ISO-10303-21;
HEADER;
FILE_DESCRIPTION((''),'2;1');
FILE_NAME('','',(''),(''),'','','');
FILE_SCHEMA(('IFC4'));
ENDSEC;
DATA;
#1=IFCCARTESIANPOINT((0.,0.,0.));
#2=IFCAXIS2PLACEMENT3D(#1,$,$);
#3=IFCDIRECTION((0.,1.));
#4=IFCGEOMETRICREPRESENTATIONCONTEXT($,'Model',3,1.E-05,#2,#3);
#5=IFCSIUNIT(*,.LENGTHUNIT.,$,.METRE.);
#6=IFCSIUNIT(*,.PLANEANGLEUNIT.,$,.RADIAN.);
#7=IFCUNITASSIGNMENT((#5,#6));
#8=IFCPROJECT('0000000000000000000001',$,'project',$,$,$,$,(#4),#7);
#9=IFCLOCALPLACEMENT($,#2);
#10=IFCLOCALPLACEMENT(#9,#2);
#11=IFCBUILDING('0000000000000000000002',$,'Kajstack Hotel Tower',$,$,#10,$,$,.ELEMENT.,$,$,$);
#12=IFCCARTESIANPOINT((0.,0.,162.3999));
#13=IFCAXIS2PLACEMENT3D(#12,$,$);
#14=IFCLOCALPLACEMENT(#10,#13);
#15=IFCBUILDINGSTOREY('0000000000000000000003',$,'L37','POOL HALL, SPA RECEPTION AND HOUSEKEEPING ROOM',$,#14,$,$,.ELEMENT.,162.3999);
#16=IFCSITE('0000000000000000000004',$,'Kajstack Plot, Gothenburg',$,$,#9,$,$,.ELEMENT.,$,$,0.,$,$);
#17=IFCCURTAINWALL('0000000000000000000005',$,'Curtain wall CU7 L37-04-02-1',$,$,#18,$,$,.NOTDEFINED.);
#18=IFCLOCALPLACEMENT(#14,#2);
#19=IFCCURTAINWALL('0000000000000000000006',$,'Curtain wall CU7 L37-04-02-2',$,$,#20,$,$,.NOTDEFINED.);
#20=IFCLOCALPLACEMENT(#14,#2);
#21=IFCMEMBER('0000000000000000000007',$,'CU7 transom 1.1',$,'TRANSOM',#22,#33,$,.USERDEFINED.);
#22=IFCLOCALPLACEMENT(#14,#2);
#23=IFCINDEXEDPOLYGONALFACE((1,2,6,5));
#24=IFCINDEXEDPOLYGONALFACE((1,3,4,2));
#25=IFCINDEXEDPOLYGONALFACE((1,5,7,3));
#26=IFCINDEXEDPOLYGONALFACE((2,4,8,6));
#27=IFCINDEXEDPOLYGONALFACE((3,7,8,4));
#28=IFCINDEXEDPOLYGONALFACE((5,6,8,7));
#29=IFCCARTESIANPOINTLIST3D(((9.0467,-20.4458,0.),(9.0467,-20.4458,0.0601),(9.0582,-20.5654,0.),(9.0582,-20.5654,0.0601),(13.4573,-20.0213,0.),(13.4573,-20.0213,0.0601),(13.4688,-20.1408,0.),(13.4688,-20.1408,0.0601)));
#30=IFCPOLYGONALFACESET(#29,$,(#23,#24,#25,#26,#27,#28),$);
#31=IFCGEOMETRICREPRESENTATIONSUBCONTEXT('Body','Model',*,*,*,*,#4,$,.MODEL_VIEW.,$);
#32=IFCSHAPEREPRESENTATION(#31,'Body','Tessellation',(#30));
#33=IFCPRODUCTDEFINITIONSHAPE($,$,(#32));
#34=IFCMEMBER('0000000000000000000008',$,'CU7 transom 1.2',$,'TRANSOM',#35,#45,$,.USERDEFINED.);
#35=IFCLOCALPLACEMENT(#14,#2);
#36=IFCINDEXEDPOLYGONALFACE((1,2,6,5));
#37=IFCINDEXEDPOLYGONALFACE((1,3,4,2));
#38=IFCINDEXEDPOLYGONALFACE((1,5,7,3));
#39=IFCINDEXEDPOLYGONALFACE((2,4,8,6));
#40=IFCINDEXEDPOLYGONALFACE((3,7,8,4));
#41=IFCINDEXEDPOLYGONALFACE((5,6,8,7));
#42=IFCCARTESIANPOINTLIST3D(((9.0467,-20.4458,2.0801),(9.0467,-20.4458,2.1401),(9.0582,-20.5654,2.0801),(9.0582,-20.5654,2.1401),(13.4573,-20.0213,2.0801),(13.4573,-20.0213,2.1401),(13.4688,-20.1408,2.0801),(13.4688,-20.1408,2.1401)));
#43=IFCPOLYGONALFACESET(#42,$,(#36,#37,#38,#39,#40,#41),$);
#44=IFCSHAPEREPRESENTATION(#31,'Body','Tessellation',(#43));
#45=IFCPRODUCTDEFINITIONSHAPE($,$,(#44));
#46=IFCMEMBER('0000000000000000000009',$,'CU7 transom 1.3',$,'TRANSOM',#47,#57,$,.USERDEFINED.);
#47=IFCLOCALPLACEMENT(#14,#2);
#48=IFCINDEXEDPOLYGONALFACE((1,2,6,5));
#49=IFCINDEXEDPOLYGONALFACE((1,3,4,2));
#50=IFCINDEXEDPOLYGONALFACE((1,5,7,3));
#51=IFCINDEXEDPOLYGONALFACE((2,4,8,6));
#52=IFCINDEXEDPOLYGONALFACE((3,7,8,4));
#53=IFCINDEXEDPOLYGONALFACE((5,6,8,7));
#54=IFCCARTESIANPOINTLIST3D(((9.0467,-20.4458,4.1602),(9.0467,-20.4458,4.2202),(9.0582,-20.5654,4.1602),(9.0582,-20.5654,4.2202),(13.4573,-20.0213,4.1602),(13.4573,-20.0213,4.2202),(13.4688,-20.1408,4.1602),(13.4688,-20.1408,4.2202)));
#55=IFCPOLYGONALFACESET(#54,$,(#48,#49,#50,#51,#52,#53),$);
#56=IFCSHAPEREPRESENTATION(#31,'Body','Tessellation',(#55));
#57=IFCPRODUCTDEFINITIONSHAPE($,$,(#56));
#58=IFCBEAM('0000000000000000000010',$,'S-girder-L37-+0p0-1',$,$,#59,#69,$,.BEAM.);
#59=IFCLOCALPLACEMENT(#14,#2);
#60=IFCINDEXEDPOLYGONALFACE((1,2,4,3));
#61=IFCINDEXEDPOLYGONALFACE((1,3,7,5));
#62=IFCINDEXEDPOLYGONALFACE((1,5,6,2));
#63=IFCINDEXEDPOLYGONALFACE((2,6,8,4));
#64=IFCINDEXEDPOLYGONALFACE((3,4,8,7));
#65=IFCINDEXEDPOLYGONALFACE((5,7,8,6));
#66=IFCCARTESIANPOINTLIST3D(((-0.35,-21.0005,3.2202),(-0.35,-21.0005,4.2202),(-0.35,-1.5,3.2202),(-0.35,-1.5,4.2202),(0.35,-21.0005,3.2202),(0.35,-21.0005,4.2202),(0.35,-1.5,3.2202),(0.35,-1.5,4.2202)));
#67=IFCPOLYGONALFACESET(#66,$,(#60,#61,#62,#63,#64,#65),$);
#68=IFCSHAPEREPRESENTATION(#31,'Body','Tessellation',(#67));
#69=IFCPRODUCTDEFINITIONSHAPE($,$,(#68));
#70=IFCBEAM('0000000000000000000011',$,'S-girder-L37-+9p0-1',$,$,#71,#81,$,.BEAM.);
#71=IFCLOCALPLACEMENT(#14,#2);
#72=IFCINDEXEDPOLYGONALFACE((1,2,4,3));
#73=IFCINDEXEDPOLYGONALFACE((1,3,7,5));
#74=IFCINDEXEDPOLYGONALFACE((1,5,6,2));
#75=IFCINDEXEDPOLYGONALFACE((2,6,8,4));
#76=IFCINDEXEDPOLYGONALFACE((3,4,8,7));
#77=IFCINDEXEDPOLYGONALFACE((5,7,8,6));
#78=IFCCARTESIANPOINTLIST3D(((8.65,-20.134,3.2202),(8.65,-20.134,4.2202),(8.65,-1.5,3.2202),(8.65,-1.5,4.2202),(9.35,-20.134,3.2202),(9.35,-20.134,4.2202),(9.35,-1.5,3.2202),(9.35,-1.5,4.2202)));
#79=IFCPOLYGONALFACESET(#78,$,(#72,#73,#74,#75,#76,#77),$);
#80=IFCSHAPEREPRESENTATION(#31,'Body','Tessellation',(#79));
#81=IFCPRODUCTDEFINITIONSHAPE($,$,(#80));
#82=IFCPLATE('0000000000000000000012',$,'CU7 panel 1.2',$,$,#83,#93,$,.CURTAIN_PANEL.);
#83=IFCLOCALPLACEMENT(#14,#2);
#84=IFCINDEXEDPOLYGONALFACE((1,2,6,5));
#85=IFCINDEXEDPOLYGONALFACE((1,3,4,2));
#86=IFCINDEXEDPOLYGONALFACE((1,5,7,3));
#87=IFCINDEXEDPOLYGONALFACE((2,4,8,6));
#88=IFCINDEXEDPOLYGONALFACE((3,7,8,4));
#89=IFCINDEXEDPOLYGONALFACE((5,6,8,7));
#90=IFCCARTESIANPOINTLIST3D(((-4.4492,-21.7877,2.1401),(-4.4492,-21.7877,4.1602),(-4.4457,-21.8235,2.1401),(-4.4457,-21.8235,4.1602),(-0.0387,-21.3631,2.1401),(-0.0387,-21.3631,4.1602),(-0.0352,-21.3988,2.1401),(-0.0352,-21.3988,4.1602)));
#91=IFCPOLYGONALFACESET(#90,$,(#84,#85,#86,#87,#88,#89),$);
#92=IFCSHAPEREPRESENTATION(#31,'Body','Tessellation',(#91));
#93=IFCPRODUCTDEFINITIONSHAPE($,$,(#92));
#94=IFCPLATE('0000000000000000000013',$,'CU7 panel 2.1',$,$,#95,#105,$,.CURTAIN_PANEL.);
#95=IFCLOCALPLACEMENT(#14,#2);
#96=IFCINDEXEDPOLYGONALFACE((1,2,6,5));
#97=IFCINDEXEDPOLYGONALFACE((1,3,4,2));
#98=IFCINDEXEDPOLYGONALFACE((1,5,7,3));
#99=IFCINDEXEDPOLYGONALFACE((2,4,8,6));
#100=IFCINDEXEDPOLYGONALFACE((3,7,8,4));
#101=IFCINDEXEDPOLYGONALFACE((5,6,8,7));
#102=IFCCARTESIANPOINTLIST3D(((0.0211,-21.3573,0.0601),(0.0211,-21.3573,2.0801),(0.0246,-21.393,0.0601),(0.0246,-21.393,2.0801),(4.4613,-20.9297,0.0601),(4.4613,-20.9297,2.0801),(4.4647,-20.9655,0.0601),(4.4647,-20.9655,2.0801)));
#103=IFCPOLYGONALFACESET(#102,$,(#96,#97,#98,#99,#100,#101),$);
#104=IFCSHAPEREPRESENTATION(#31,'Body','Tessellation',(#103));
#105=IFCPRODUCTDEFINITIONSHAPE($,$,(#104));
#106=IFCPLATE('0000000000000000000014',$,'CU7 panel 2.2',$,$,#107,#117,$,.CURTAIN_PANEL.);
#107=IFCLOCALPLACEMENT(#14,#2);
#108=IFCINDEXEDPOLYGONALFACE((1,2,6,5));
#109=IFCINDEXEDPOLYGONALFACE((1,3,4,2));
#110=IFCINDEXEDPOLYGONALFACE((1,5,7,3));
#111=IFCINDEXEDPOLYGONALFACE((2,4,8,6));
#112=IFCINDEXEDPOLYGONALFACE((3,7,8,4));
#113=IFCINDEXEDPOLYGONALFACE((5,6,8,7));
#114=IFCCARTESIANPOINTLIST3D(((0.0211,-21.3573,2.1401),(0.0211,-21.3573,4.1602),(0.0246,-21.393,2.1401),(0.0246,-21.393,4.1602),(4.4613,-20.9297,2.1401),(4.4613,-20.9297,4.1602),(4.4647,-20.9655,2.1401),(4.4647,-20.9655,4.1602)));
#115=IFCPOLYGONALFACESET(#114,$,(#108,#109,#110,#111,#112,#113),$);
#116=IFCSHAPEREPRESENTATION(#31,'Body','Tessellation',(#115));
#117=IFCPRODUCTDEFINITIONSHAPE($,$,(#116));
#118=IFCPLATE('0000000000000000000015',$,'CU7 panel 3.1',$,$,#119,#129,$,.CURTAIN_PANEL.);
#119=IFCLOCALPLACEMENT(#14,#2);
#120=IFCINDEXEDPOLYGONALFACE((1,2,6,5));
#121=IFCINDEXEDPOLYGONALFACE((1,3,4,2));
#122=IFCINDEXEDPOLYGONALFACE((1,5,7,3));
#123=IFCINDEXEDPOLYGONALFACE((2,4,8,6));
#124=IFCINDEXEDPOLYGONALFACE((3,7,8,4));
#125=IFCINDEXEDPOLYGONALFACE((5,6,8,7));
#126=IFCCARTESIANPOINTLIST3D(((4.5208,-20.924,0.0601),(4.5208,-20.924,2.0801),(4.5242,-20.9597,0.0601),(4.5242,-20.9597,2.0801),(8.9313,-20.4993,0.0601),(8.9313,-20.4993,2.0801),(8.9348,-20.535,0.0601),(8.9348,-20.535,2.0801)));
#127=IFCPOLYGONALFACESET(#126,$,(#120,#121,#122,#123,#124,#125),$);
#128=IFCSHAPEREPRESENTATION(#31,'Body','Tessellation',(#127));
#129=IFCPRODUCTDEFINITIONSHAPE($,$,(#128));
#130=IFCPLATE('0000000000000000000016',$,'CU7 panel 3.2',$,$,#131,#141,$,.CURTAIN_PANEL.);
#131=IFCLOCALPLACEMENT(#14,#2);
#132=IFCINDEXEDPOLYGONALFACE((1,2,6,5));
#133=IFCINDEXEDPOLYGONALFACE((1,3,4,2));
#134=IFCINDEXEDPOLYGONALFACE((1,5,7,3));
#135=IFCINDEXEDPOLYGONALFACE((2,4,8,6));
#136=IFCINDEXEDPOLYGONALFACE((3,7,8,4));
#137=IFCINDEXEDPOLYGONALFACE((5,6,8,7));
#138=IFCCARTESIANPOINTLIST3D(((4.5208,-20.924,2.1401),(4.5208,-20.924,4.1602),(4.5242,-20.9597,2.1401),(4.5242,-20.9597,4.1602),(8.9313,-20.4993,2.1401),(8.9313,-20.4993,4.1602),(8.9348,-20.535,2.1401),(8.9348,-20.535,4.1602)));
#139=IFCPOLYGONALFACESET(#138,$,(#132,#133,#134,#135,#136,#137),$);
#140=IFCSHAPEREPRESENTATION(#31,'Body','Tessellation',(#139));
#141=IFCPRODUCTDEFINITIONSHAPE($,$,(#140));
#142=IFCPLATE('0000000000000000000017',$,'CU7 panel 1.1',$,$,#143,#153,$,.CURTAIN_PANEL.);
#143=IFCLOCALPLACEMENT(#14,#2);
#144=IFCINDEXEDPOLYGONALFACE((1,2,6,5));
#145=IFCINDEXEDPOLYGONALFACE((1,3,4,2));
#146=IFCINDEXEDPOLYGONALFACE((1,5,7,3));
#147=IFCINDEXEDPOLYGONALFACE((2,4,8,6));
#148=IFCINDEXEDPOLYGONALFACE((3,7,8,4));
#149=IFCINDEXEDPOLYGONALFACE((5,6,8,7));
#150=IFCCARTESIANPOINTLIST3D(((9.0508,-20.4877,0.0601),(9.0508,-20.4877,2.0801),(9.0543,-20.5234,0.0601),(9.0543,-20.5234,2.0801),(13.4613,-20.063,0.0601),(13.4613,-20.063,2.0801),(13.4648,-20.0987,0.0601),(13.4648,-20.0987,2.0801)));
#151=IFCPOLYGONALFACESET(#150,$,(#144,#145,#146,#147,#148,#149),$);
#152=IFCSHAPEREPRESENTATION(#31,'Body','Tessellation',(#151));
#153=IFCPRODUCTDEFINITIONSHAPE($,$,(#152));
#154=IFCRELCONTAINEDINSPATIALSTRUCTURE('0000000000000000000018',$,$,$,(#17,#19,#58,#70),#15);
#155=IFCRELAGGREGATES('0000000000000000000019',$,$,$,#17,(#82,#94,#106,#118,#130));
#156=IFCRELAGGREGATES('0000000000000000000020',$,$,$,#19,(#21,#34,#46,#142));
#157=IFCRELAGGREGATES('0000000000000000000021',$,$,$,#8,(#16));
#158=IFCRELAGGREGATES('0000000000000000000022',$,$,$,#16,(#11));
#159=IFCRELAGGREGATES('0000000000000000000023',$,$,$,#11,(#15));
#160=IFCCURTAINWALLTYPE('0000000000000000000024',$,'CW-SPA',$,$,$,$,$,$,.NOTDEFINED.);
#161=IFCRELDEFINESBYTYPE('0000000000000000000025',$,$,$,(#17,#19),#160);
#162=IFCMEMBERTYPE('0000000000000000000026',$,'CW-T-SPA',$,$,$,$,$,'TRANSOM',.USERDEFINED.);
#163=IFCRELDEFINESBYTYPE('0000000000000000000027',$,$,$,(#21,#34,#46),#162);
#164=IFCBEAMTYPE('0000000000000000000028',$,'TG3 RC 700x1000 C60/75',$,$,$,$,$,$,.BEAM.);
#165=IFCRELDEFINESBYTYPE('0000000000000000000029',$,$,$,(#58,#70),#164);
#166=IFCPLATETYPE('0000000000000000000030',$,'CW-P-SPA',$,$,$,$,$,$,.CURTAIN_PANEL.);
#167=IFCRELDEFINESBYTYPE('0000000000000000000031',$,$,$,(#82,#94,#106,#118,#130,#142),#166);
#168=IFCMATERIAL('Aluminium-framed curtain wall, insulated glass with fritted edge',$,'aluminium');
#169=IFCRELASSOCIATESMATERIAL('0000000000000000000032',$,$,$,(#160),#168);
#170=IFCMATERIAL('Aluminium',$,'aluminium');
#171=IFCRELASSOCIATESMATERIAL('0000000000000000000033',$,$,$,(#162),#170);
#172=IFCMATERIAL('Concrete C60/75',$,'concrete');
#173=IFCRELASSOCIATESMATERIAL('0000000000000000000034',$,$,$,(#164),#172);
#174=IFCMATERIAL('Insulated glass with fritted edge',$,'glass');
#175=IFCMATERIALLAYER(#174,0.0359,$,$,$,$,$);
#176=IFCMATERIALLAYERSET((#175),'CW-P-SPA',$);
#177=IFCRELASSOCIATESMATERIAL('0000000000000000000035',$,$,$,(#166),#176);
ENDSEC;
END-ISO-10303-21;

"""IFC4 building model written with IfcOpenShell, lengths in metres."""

from ifc_helpers import new_model, si_unit, direction, frame, origin, origin_2d, place, context, subcontext, project, spatial, rectangle, extrude, material, layer, layer_set, material_profile, profile_set, type_object, element, aggregate, save


model = new_model("IFC4")

# Units and contexts
model_context = context("Model", 3, precision=1e-05, world=origin(), true_north=direction((0.0, 1.0)))
body_context = subcontext(model_context, "Body", "Model", "MODEL_VIEW")
ifc_project = project(units=[si_unit("LENGTHUNIT", "METRE"), si_unit("PLANEANGLEUNIT", "RADIAN")], contexts=[model_context])

# Site, building, storey
site_placement = place(None, origin())
site = spatial("IfcSite", under=ifc_project, at=site_placement, Name="Kajstack Plot, Gothenburg", CompositionType="ELEMENT", RefElevation=0.0)
building_placement = place(site_placement, origin())
building = spatial("IfcBuilding", under=site, at=building_placement, Name="Kajstack Hotel Tower", CompositionType="ELEMENT")
storey_placement = place(building_placement, frame((0.0, 0.0, 162.3999)))
storey = spatial("IfcBuildingStorey", under=building, at=storey_placement, Name="L37", Description="POOL HALL, SPA RECEPTION AND HOUSEKEEPING ROOM", CompositionType="ELEMENT", Elevation=162.3999)

# Curtain wall
ifc_material_1 = material(Name="Aluminium-framed curtain wall, insulated glass with fritted edge", Category="aluminium")
curtain_wall_type = type_object("IfcCurtainWallType", Name="CW-SPA", PredefinedType="NOTDEFINED", material=ifc_material_1)
curtain_wall_1_placement = place(storey_placement, origin())
curtain_wall_1 = element("IfcCurtainWall", 1, at=curtain_wall_1_placement, inside=storey, type_object=curtain_wall_type, Name="Curtain wall CU7 L37-04-02-1", PredefinedType="NOTDEFINED")
ifc_material_2 = material(Name="Aluminium", Category="aluminium")

# Curtain wall
curtain_wall_2_placement = place(storey_placement, origin())
curtain_wall_2 = element("IfcCurtainWall", 2, at=curtain_wall_2_placement, inside=storey, type_object=curtain_wall_type, Name="Curtain wall CU7 L37-04-02-2", PredefinedType="NOTDEFINED")

# Members
ifc_material_profile_1 = material_profile(ifc_material_2, rectangle(XDim=0.1201, YDim=0.0601, at=origin_2d()), Name="Aluminium transom 120 x 60")
ifc_profile_set_1 = profile_set([ifc_material_profile_1], Name="Aluminium")
member_type_1 = type_object("IfcMemberType", Name="CW-T-SPA", ElementType="TRANSOM", PredefinedType="USERDEFINED", material=ifc_profile_set_1)
member_1_placement = place(storey_placement, frame((9.0525, -20.5056, 0.03), z_axis=(0.995399, 0.095821, 0.0), x_axis=(-0.095821, 0.995399, 0.0)))
member_1 = element("IfcMember", 3, at=member_1_placement, type_object=member_type_1, Name="CU7 transom 1.1", ObjectType="TRANSOM", PredefinedType="USERDEFINED", context=body_context, shape_type="SweptSolid", body=[
    extrude(rectangle(XDim=0.1201, YDim=0.0601, at=origin_2d()), origin(), (0.0, 0.0, 1.0), 4.4309),
])
member_2_placement = place(storey_placement, frame((9.0525, -20.5056, 2.1101), z_axis=(0.995399, 0.095821, 0.0), x_axis=(-0.095821, 0.995399, 0.0)))
member_2 = element("IfcMember", 4, at=member_2_placement, type_object=member_type_1, Name="CU7 transom 1.2", ObjectType="TRANSOM", PredefinedType="USERDEFINED", context=body_context, shape_type="SweptSolid", body=[
    extrude(rectangle(XDim=0.1201, YDim=0.0601, at=origin_2d()), origin(), (0.0, 0.0, 1.0), 4.4309),
])
member_3_placement = place(storey_placement, frame((9.0525, -20.5056, 4.1902), z_axis=(0.995399, 0.095821, 0.0), x_axis=(-0.095821, 0.995399, 0.0)))
member_3 = element("IfcMember", 5, at=member_3_placement, type_object=member_type_1, Name="CU7 transom 1.3", ObjectType="TRANSOM", PredefinedType="USERDEFINED", context=body_context, shape_type="SweptSolid", body=[
    extrude(rectangle(XDim=0.1201, YDim=0.0601, at=origin_2d()), origin(), (0.0, 0.0, 1.0), 4.4309),
])

# Beams
ifc_material_3 = material(Name="Concrete C60/75", Category="concrete")
ifc_material_profile_2 = material_profile(ifc_material_3, rectangle(XDim=0.7, YDim=1.0, at=origin_2d()), Name="RC 700x1000")
ifc_profile_set_2 = profile_set([ifc_material_profile_2], Name="Concrete C60/75")
beam_type = type_object("IfcBeamType", Name="TG3 RC 700x1000 C60/75", PredefinedType="BEAM", material=ifc_profile_set_2)
beam_1_placement = place(storey_placement, frame((0.0, -21.0005, 3.7202), z_axis=(0.0, 1.0, 0.0), x_axis=(-1.0, 0.0, 0.0)))
element("IfcBeam", 6, at=beam_1_placement, inside=storey, type_object=beam_type, Name="S-girder-L37-+0p0-1", PredefinedType="BEAM", context=body_context, shape_type="SweptSolid", body=[
    extrude(rectangle(XDim=0.7, YDim=1.0, at=origin_2d()), origin(), (0.0, 0.0, 1.0), 19.5005),
])
beam_2_placement = place(storey_placement, frame((9.0, -20.134, 3.7202), z_axis=(0.0, 1.0, 0.0), x_axis=(-1.0, 0.0, 0.0)))
element("IfcBeam", 7, at=beam_2_placement, inside=storey, type_object=beam_type, Name="S-girder-L37-+9p0-1", PredefinedType="BEAM", context=body_context, shape_type="SweptSolid", body=[
    extrude(rectangle(XDim=0.7, YDim=1.0, at=origin_2d()), origin(), (0.0, 0.0, 1.0), 18.634),
])

# Plates
ifc_material_4 = material(Name="Insulated glass with fritted edge", Category="glass")
ifc_layer_1 = layer(ifc_material_4, 0.0359)
ifc_layer_set_1 = layer_set([ifc_layer_1], Name="CW-P-SPA")
plate_type = type_object("IfcPlateType", Name="CW-P-SPA", PredefinedType="CURTAIN_PANEL", material=ifc_layer_set_1)
plate_1_placement = place(storey_placement, frame((-2.2422, -21.5933, 2.1401), z_axis=(0.0, 0.0, 1.0), x_axis=(0.995396, 0.095845, 0.0)))
plate_1 = element("IfcPlate", 8, at=plate_1_placement, type_object=plate_type, Name="CU7 panel 1.2", PredefinedType="CURTAIN_PANEL", context=body_context, shape_type="SweptSolid", body=[
    extrude(rectangle(XDim=4.4309, YDim=0.0359, at=origin_2d()), origin(), (0.0, 0.0, 1.0), 2.02),
])
plate_2_placement = place(storey_placement, frame((2.2429, -21.1614, 0.0601), z_axis=(0.0, 0.0, 1.0), x_axis=(0.995396, 0.095845, 0.0)))
plate_2 = element("IfcPlate", 9, at=plate_2_placement, type_object=plate_type, Name="CU7 panel 2.1", PredefinedType="CURTAIN_PANEL", context=body_context, shape_type="SweptSolid", body=[
    extrude(rectangle(XDim=4.4607, YDim=0.0359, at=origin_2d()), origin(), (0.0, 0.0, 1.0), 2.02),
])
plate_3_placement = place(storey_placement, frame((2.2429, -21.1614, 2.1401), z_axis=(0.0, 0.0, 1.0), x_axis=(0.995396, 0.095845, 0.0)))
plate_3 = element("IfcPlate", 10, at=plate_3_placement, type_object=plate_type, Name="CU7 panel 2.2", PredefinedType="CURTAIN_PANEL", context=body_context, shape_type="SweptSolid", body=[
    extrude(rectangle(XDim=4.4607, YDim=0.0359, at=origin_2d()), origin(), (0.0, 0.0, 1.0), 2.02),
])
plate_4_placement = place(storey_placement, frame((6.7278, -20.7295, 0.0601), z_axis=(0.0, 0.0, 1.0), x_axis=(0.995396, 0.095845, 0.0)))
plate_4 = element("IfcPlate", 11, at=plate_4_placement, type_object=plate_type, Name="CU7 panel 3.1", PredefinedType="CURTAIN_PANEL", context=body_context, shape_type="SweptSolid", body=[
    extrude(rectangle(XDim=4.4309, YDim=0.0359, at=origin_2d()), origin(), (0.0, 0.0, 1.0), 2.02),
])
plate_5_placement = place(storey_placement, frame((6.7278, -20.7295, 2.1401), z_axis=(0.0, 0.0, 1.0), x_axis=(0.995396, 0.095845, 0.0)))
plate_5 = element("IfcPlate", 12, at=plate_5_placement, type_object=plate_type, Name="CU7 panel 3.2", PredefinedType="CURTAIN_PANEL", context=body_context, shape_type="SweptSolid", body=[
    extrude(rectangle(XDim=4.4309, YDim=0.0359, at=origin_2d()), origin(), (0.0, 0.0, 1.0), 2.02),
])
aggregate(curtain_wall_1, [plate_1, plate_2, plate_3, plate_4, plate_5])
plate_6_placement = place(storey_placement, frame((11.2578, -20.2932, 0.0601), z_axis=(0.0, 0.0, 1.0), x_axis=(0.995396, 0.095845, 0.0)))
plate_6 = element("IfcPlate", 13, at=plate_6_placement, type_object=plate_type, Name="CU7 panel 1.1", PredefinedType="CURTAIN_PANEL", context=body_context, shape_type="SweptSolid", body=[
    extrude(rectangle(XDim=4.4309, YDim=0.0359, at=origin_2d()), origin(), (0.0, 0.0, 1.0), 2.02),
])
aggregate(curtain_wall_2, [member_1, member_2, member_3, plate_6])

save(model, "model.ifc")
